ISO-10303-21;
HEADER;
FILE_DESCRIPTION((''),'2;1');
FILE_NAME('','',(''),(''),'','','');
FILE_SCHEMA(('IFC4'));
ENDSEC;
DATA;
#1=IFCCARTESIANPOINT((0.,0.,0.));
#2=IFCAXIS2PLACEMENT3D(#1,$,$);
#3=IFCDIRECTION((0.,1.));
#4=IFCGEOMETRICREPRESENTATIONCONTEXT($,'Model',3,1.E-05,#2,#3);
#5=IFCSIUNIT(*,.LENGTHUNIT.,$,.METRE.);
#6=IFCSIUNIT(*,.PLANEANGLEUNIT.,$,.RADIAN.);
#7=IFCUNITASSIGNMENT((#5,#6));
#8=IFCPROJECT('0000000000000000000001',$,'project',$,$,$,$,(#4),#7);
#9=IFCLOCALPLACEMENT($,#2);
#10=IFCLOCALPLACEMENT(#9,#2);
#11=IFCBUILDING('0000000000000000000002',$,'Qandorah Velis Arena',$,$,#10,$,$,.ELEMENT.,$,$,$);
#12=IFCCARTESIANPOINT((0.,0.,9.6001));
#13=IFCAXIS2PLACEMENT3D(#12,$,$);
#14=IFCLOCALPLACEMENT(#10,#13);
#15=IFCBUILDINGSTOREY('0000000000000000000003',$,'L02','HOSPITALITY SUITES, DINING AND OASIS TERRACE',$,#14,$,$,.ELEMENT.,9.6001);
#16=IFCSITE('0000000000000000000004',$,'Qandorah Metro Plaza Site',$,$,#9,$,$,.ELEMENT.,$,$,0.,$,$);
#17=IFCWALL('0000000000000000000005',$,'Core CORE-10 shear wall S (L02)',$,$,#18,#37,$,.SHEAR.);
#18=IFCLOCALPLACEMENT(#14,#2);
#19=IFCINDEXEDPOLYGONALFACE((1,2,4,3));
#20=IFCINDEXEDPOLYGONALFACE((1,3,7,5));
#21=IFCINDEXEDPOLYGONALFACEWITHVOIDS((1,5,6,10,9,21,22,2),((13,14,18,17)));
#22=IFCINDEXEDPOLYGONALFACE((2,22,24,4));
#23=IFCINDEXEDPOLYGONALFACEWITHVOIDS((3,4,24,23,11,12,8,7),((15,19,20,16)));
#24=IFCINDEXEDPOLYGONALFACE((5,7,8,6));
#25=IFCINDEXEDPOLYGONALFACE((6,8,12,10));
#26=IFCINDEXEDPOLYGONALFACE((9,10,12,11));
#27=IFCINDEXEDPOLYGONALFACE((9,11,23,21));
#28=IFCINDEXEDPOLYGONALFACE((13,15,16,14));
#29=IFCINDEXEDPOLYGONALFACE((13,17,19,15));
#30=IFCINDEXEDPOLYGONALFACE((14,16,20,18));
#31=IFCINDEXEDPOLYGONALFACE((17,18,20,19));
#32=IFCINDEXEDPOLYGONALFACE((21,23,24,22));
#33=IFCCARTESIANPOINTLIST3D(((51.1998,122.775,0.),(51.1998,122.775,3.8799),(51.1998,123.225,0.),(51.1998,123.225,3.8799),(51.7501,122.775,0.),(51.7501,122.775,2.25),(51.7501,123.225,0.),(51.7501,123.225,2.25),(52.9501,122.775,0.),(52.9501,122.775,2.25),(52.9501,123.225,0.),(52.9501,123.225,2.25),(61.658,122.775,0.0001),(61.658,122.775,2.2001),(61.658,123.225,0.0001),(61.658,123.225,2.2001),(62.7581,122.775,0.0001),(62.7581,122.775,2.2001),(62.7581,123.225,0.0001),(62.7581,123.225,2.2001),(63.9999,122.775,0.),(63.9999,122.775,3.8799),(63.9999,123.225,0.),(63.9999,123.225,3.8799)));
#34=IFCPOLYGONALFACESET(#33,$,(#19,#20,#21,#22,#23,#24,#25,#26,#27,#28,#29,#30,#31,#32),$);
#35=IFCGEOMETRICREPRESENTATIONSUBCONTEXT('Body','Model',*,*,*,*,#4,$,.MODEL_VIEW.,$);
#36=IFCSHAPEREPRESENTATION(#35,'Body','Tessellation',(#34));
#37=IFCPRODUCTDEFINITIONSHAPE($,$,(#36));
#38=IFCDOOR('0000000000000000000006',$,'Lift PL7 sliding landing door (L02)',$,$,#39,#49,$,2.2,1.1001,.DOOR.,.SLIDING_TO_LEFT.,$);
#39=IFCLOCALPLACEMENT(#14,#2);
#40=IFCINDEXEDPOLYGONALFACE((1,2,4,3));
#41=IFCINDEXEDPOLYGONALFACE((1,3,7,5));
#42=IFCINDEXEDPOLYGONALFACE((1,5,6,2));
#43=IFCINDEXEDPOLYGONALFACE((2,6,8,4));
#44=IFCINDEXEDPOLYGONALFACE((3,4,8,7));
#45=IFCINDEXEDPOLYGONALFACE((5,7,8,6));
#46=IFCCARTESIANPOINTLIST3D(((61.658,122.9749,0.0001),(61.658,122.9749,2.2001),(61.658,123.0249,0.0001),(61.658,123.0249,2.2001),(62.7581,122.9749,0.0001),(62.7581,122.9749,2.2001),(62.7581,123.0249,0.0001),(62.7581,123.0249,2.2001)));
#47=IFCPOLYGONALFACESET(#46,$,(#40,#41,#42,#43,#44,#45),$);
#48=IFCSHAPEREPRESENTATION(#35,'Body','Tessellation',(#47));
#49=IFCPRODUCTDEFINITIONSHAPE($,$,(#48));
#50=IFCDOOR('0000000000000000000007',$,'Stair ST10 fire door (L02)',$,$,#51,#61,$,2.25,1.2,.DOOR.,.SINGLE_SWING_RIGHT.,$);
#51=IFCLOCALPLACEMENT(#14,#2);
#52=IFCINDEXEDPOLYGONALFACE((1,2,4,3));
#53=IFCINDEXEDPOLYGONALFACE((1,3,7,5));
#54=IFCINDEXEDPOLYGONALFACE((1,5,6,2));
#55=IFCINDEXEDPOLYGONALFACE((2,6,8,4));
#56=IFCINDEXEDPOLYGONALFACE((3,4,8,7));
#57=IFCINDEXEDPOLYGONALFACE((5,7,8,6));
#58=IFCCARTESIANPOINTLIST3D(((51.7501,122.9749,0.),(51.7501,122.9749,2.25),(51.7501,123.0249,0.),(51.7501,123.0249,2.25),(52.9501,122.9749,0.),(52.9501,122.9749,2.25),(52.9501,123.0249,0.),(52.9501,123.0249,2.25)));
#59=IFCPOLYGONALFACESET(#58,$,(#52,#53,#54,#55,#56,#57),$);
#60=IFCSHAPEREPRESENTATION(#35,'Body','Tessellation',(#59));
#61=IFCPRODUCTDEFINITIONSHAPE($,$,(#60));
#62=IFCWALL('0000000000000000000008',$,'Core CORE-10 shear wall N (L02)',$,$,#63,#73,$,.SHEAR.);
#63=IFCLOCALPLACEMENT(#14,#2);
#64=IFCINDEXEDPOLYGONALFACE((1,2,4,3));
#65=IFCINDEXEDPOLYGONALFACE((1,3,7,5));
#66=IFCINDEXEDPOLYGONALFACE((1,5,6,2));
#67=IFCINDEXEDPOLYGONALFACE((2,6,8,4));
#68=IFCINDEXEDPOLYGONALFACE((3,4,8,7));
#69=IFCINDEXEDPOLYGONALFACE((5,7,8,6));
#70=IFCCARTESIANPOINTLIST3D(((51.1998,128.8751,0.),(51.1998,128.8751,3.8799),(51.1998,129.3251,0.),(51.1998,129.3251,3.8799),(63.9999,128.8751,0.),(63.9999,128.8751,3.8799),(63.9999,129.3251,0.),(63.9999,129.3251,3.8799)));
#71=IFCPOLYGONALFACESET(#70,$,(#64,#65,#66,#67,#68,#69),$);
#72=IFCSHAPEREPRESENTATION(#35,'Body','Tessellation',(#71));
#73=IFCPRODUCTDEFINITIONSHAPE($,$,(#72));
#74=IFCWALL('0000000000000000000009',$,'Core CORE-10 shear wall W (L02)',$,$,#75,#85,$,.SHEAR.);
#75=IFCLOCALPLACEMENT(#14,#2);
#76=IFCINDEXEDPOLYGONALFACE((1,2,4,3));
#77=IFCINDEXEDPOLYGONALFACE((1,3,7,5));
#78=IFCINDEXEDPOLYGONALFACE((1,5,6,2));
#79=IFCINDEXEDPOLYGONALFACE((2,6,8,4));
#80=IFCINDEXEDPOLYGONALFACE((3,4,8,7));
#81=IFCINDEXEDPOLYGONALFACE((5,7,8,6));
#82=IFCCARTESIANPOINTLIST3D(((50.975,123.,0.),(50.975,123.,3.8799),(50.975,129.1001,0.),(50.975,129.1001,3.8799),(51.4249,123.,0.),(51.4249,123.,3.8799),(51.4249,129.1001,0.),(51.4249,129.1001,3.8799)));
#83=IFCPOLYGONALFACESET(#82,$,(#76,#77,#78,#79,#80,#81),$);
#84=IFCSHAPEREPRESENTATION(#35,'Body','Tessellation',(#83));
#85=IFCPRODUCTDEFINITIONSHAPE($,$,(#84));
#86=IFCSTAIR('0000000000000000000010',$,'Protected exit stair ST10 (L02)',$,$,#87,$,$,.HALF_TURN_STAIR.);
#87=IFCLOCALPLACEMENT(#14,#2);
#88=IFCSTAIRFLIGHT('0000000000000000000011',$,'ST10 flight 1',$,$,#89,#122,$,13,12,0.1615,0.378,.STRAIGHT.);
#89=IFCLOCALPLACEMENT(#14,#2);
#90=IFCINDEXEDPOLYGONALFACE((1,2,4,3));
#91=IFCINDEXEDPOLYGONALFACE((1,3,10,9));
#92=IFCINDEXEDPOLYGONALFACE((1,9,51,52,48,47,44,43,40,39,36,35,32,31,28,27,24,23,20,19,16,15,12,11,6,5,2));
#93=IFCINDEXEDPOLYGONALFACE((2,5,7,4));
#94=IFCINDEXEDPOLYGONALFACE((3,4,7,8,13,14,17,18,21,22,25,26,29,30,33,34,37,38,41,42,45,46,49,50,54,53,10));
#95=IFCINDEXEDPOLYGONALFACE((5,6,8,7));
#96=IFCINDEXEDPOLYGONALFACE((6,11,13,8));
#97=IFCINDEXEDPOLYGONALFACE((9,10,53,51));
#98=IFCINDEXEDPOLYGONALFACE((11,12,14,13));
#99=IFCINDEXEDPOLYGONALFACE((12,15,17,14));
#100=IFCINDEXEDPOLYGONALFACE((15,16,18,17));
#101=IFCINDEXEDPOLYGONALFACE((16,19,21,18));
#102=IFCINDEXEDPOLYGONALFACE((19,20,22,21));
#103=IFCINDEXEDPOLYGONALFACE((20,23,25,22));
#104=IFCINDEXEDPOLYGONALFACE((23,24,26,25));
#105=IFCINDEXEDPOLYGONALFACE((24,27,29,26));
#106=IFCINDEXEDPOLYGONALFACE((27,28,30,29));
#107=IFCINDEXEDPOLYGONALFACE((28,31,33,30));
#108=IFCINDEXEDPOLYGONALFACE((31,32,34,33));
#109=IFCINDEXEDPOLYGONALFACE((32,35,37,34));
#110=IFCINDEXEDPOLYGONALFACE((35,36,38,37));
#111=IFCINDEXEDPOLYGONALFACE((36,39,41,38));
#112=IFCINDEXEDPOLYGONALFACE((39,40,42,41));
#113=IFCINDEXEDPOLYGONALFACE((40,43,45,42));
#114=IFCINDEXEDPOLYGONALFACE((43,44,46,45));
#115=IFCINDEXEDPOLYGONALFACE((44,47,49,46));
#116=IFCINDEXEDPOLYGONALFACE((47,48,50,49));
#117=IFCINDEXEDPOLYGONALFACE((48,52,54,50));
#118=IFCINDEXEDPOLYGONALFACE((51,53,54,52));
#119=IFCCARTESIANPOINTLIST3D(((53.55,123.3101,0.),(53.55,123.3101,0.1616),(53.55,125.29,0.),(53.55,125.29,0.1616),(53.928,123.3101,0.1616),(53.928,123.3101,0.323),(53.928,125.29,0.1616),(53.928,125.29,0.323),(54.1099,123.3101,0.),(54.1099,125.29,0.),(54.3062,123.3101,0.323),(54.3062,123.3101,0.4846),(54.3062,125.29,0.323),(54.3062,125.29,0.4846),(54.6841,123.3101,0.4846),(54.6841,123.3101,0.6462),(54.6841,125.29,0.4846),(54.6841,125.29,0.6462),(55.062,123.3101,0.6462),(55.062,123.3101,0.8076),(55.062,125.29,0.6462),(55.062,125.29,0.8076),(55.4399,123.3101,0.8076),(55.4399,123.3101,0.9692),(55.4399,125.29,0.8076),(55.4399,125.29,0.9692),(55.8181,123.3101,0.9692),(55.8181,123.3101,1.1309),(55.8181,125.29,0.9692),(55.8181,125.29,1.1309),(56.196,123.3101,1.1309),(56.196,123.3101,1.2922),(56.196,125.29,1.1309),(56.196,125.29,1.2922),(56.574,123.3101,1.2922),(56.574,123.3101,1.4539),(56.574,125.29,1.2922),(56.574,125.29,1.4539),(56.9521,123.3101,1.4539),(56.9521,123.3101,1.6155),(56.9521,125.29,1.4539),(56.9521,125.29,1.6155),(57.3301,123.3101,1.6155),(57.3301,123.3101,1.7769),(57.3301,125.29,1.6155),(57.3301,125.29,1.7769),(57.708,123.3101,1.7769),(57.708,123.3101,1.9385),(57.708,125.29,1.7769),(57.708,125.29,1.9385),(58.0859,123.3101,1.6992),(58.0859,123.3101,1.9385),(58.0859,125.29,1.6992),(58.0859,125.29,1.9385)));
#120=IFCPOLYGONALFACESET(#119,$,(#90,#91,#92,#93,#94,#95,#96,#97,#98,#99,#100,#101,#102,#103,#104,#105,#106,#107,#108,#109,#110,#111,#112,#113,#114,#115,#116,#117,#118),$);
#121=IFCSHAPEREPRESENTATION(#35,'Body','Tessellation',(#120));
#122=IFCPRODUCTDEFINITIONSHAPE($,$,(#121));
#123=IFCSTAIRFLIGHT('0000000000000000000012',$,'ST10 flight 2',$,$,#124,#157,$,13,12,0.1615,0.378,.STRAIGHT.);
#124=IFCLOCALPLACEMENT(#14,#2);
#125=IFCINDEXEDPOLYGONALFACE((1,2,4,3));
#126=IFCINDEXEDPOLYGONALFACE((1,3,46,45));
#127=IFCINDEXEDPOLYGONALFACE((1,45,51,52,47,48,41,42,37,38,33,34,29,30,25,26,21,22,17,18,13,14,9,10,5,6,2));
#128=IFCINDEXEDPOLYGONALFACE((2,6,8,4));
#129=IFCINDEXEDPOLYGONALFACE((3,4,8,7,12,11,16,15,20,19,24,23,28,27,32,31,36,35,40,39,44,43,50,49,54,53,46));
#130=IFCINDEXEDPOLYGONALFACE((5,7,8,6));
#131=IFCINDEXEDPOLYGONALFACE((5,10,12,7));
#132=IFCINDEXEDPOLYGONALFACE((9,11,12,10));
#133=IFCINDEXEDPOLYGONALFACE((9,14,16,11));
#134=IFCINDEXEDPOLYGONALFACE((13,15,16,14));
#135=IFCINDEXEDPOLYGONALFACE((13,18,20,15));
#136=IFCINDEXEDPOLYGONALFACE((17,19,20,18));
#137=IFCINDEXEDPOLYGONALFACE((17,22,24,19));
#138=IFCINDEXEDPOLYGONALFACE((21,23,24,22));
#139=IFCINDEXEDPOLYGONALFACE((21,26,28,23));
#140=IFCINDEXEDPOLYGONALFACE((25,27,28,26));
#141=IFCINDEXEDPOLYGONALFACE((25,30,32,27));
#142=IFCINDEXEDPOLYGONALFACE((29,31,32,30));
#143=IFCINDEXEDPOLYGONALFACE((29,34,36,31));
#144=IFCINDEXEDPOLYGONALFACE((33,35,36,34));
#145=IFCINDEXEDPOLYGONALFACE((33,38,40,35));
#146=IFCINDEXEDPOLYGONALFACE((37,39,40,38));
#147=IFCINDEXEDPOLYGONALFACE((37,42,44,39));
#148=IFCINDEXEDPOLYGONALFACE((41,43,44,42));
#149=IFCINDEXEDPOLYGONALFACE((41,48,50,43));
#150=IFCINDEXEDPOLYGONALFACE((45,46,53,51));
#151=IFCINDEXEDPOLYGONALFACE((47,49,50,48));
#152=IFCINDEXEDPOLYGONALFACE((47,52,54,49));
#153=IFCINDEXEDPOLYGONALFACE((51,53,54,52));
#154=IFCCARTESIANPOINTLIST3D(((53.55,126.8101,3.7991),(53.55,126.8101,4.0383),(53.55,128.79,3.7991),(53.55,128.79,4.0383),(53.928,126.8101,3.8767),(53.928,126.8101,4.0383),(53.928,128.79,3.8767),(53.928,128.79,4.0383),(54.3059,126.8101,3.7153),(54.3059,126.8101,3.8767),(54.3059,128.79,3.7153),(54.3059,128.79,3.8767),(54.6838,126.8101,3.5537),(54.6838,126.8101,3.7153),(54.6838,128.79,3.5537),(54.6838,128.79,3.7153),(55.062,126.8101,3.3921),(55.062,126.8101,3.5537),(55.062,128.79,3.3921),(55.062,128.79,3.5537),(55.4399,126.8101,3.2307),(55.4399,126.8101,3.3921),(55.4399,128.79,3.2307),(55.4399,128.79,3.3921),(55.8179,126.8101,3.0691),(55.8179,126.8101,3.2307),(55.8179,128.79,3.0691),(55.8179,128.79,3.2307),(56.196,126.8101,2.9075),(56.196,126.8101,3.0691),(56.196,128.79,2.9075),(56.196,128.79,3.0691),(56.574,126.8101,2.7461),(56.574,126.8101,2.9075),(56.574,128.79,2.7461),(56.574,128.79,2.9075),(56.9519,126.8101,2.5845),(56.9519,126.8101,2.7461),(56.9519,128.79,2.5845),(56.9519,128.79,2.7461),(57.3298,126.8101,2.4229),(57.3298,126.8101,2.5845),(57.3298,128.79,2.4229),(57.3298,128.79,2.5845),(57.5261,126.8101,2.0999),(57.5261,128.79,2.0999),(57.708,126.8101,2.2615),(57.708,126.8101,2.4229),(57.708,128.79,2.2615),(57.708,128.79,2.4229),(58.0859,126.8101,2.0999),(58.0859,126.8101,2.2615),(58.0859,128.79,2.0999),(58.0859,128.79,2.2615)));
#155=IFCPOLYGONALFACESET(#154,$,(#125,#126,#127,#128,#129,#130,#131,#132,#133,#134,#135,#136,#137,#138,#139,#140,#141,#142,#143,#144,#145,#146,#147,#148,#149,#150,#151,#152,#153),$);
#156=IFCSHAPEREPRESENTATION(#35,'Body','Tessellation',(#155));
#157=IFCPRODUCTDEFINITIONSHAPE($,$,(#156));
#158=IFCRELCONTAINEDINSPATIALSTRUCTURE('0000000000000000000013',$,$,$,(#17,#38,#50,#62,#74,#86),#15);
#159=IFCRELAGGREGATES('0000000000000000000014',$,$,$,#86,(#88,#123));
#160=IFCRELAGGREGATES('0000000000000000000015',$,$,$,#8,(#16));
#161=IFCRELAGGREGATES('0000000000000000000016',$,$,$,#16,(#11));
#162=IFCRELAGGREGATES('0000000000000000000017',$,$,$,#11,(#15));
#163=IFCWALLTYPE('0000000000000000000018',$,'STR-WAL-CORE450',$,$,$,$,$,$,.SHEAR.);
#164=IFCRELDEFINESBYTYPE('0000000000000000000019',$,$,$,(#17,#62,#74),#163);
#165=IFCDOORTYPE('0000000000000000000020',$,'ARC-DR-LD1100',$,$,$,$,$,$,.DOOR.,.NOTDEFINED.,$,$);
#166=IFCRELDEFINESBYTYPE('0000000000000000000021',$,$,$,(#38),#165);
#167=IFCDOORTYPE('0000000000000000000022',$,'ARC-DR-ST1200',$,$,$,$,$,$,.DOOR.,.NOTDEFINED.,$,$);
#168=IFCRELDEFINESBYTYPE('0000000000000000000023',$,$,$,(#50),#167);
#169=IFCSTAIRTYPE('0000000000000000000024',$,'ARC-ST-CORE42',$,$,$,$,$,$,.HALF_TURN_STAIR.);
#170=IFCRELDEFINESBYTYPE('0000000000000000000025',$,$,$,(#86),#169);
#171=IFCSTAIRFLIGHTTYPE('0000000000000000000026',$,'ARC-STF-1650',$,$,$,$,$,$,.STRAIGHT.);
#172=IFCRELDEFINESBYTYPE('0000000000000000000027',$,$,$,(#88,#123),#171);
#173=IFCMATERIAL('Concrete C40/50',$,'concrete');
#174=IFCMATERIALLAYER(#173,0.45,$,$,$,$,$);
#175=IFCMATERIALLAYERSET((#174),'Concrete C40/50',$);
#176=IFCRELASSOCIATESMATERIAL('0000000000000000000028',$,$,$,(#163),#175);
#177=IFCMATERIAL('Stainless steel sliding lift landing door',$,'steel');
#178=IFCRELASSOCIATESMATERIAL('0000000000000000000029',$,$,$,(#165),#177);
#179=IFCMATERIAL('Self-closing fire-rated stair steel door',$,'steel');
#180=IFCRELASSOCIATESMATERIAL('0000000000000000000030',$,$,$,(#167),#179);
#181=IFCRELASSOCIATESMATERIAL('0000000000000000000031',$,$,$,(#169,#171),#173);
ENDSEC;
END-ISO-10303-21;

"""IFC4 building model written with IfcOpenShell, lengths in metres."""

from ifc_helpers import new_model, si_unit, direction, frame, frame_2d, origin, place, context, subcontext, project, spatial, polyline, rectangle, outline, extrude, material, layer, layer_set, type_object, element, fill, aggregate, save


model = new_model("IFC4")

# Units and contexts
model_context = context("Model", 3, precision=1e-05, world=origin(), true_north=direction((0.0, 1.0)))
body_context = subcontext(model_context, "Body", "Model", "MODEL_VIEW")
ifc_project = project(units=[si_unit("LENGTHUNIT", "METRE"), si_unit("PLANEANGLEUNIT", "RADIAN")], contexts=[model_context])

# Site, building, storey
site_placement = place(None, origin())
site = spatial("IfcSite", under=ifc_project, at=site_placement, Name="Qandorah Metro Plaza Site", CompositionType="ELEMENT", RefElevation=0.0)
building_placement = place(site_placement, origin())
building = spatial("IfcBuilding", under=site, at=building_placement, Name="Qandorah Velis Arena", CompositionType="ELEMENT")
storey_placement = place(building_placement, frame((0.0, 0.0, 9.6001)))
storey = spatial("IfcBuildingStorey", under=building, at=storey_placement, Name="L02", Description="HOSPITALITY SUITES, DINING AND OASIS TERRACE", CompositionType="ELEMENT", Elevation=9.6001)

# Shared definitions
ifc_material_1 = material(Name="Concrete C40/50", Category="concrete")

# Wall, openings, doors
ifc_layer = layer(ifc_material_1, 0.45)
ifc_layer_set = layer_set([ifc_layer], Name="Concrete C40/50")
wall_type = type_object("IfcWallType", Name="STR-WAL-CORE450", PredefinedType="SHEAR", material=ifc_layer_set)
wall_1_placement = place(storey_placement, frame((51.2, 123.0, 0.0), z_axis=(0.0, 0.0, 1.0), x_axis=(1.0, 0.0, 0.0)))
wall_1 = element("IfcWall", 1, at=wall_1_placement, inside=storey, type_object=wall_type, Name="Core CORE-10 shear wall S (L02)", PredefinedType="SHEAR", context=body_context, shape_type="SweptSolid", body=[
    extrude(rectangle(XDim=12.8, YDim=0.45, at=frame_2d((6.3999, 0.0))), origin(), (0.0, 0.0, 1.0), 3.8799),
])
opening_1_placement = place(wall_1_placement, frame((0.55, 0.0, 0.0)))
opening_1 = element("IfcOpeningElement", 2, at=opening_1_placement, cuts=wall_1, PredefinedType="OPENING", context=body_context, shape_type="SweptSolid", body=[
    extrude(rectangle(XDim=1.2, YDim=2.25, at=frame_2d((0.6001, 1.125))), frame((0.0, 0.2349, 0.0), z_axis=(0.0, -1.0, 0.0), x_axis=(1.0, 0.0, 0.0)), (0.0, 0.0, 1.0), 0.47),
])
opening_2_placement = place(wall_1_placement, frame((10.458, 0.0, 0.0)))
opening_2 = element("IfcOpeningElement", 3, at=opening_2_placement, cuts=wall_1, PredefinedType="OPENING", context=body_context, shape_type="SweptSolid", body=[
    extrude(rectangle(XDim=1.1001, YDim=2.2, at=frame_2d((0.55, 1.1001))), frame((0.0, 0.2349, 0.0), z_axis=(0.0, -1.0, 0.0), x_axis=(1.0, 0.0, 0.0)), (0.0, 0.0, 1.0), 0.47),
])
ifc_material_2 = material(Name="Stainless steel sliding lift landing door", Category="steel")
door_type_1 = type_object("IfcDoorType", Name="ARC-DR-LD1100", OperationType="NOTDEFINED", PredefinedType="DOOR", material=ifc_material_2)
door_1_placement = place(opening_2_placement, origin())
door_1 = element("IfcDoor", 4, at=door_1_placement, inside=storey, type_object=door_type_1, Name="Lift PL7 sliding landing door (L02)", OperationType="SLIDING_TO_LEFT", OverallHeight=2.2, OverallWidth=1.1001, PredefinedType="DOOR", context=body_context, shape_type="SweptSolid", body=[
    extrude(rectangle(XDim=1.1001, YDim=2.2, at=frame_2d((0.55, 1.1001))), frame((0.0, 0.0249, 0.0), z_axis=(0.0, -1.0, 0.0), x_axis=(1.0, 0.0, 0.0)), (0.0, 0.0, 1.0), 0.05),
])
fill(opening_2, door_1)
ifc_material_3 = material(Name="Self-closing fire-rated stair steel door", Category="steel")
door_type_2 = type_object("IfcDoorType", Name="ARC-DR-ST1200", OperationType="NOTDEFINED", PredefinedType="DOOR", material=ifc_material_3)
door_2_placement = place(opening_1_placement, origin())
door_2 = element("IfcDoor", 5, at=door_2_placement, inside=storey, type_object=door_type_2, Name="Stair ST10 fire door (L02)", OperationType="SINGLE_SWING_RIGHT", OverallHeight=2.25, OverallWidth=1.2, PredefinedType="DOOR", context=body_context, shape_type="SweptSolid", body=[
    extrude(rectangle(XDim=1.2, YDim=2.25, at=frame_2d((0.6001, 1.125))), frame((0.0, 0.0249, 0.0), z_axis=(0.0, -1.0, 0.0), x_axis=(1.0, 0.0, 0.0)), (0.0, 0.0, 1.0), 0.05),
])
fill(opening_1, door_2)

# Walls
wall_2_placement = place(storey_placement, frame((51.2, 129.1001, 0.0), z_axis=(0.0, 0.0, 1.0), x_axis=(1.0, 0.0, 0.0)))
element("IfcWall", 6, at=wall_2_placement, inside=storey, type_object=wall_type, Name="Core CORE-10 shear wall N (L02)", PredefinedType="SHEAR", context=body_context, shape_type="SweptSolid", body=[
    extrude(rectangle(XDim=12.8, YDim=0.45, at=frame_2d((6.3999, 0.0))), origin(), (0.0, 0.0, 1.0), 3.8799),
])
wall_3_placement = place(storey_placement, frame((51.2, 123.0, 0.0), z_axis=(0.0, 0.0, 1.0), x_axis=(0.0, 1.0, 0.0)))
element("IfcWall", 7, at=wall_3_placement, inside=storey, type_object=wall_type, Name="Core CORE-10 shear wall W (L02)", PredefinedType="SHEAR", context=body_context, shape_type="SweptSolid", body=[
    extrude(rectangle(XDim=6.1001, YDim=0.45, at=frame_2d((3.05, 0.0))), origin(), (0.0, 0.0, 1.0), 3.8799),
])

# Stair, stair flights
stair_type = type_object("IfcStairType", Name="ARC-ST-CORE42", PredefinedType="HALF_TURN_STAIR", material=ifc_material_1)
stair_placement = place(storey_placement, origin())
stair = element("IfcStair", 8, at=stair_placement, inside=storey, type_object=stair_type, Name="Protected exit stair ST10 (L02)", PredefinedType="HALF_TURN_STAIR")
stair_flight_type = type_object("IfcStairFlightType", Name="ARC-STF-1650", PredefinedType="STRAIGHT", material=ifc_material_1)
stair_flight_1_placement = place(storey_placement, frame((53.55, 124.3, 0.0), z_axis=(0.0, 0.0, 1.0), x_axis=(1.0, 0.0, 0.0)))
stair_flight_1 = element("IfcStairFlight", 9, at=stair_flight_1_placement, type_object=stair_flight_type, Name="ST10 flight 1", NumberOfRisers=13, NumberOfTreads=12, PredefinedType="STRAIGHT", RiserHeight=0.1615, TreadLength=0.378, context=body_context, shape_type="SweptSolid", body=[
    extrude(outline(polyline([(0.0, 0.0), (0.0, 0.1616), (0.3779, 0.1616), (0.3779, 0.323), (0.7561, 0.323), (0.7561, 0.4846), (1.134, 0.4846), (1.134, 0.6462), (1.512, 0.6462), (1.512, 0.8076), (1.8899, 0.8076), (1.8899, 0.9692), (2.2681, 0.9692), (2.2681, 1.1309), (2.646, 1.1309), (2.646, 1.2922), (3.0239, 1.2922), (3.0239, 1.4539), (3.4021, 1.4539), (3.4021, 1.6155), (3.78, 1.6155), (3.78, 1.7769), (4.158, 1.7769), (4.158, 1.9385), (4.5359, 1.9385), (4.5359, 2.1001), (4.5359, 1.6992), (0.5598, 0.0), (0.0, 0.0)])), frame((0.0, 0.99, 0.0), z_axis=(0.0, -1.0, 0.0), x_axis=(1.0, 0.0, 0.0)), (0.0, 0.0, 1.0), 1.98),
])
stair_flight_2_placement = place(storey_placement, frame((58.0859, 127.8, 2.0999), z_axis=(0.0, 0.0, 1.0), x_axis=(-1.0, 0.0, 0.0)))
stair_flight_2 = element("IfcStairFlight", 10, at=stair_flight_2_placement, type_object=stair_flight_type, Name="ST10 flight 2", NumberOfRisers=13, NumberOfTreads=12, PredefinedType="STRAIGHT", RiserHeight=0.1615, TreadLength=0.378, context=body_context, shape_type="SweptSolid", body=[
    extrude(outline(polyline([(0.0, 0.0), (0.0, 0.1616), (0.3779, 0.1616), (0.3779, 0.323), (0.7561, 0.323), (0.7561, 0.4846), (1.134, 0.4846), (1.134, 0.6462), (1.512, 0.6462), (1.512, 0.8076), (1.8899, 0.8076), (1.8899, 0.9692), (2.2681, 0.9692), (2.2681, 1.1309), (2.646, 1.1309), (2.646, 1.2922), (3.0239, 1.2922), (3.0239, 1.4539), (3.4021, 1.4539), (3.4021, 1.6155), (3.78, 1.6155), (3.78, 1.7769), (4.158, 1.7769), (4.158, 1.9385), (4.5359, 1.9385), (4.5359, 2.1001), (4.5359, 1.6992), (0.5598, 0.0), (0.0, 0.0)])), frame((0.0, 0.99, 0.0), z_axis=(0.0, -1.0, 0.0), x_axis=(1.0, 0.0, 0.0)), (0.0, 0.0, 1.0), 1.98),
])
aggregate(stair, [stair_flight_1, stair_flight_2])

save(model, "model.ifc")
